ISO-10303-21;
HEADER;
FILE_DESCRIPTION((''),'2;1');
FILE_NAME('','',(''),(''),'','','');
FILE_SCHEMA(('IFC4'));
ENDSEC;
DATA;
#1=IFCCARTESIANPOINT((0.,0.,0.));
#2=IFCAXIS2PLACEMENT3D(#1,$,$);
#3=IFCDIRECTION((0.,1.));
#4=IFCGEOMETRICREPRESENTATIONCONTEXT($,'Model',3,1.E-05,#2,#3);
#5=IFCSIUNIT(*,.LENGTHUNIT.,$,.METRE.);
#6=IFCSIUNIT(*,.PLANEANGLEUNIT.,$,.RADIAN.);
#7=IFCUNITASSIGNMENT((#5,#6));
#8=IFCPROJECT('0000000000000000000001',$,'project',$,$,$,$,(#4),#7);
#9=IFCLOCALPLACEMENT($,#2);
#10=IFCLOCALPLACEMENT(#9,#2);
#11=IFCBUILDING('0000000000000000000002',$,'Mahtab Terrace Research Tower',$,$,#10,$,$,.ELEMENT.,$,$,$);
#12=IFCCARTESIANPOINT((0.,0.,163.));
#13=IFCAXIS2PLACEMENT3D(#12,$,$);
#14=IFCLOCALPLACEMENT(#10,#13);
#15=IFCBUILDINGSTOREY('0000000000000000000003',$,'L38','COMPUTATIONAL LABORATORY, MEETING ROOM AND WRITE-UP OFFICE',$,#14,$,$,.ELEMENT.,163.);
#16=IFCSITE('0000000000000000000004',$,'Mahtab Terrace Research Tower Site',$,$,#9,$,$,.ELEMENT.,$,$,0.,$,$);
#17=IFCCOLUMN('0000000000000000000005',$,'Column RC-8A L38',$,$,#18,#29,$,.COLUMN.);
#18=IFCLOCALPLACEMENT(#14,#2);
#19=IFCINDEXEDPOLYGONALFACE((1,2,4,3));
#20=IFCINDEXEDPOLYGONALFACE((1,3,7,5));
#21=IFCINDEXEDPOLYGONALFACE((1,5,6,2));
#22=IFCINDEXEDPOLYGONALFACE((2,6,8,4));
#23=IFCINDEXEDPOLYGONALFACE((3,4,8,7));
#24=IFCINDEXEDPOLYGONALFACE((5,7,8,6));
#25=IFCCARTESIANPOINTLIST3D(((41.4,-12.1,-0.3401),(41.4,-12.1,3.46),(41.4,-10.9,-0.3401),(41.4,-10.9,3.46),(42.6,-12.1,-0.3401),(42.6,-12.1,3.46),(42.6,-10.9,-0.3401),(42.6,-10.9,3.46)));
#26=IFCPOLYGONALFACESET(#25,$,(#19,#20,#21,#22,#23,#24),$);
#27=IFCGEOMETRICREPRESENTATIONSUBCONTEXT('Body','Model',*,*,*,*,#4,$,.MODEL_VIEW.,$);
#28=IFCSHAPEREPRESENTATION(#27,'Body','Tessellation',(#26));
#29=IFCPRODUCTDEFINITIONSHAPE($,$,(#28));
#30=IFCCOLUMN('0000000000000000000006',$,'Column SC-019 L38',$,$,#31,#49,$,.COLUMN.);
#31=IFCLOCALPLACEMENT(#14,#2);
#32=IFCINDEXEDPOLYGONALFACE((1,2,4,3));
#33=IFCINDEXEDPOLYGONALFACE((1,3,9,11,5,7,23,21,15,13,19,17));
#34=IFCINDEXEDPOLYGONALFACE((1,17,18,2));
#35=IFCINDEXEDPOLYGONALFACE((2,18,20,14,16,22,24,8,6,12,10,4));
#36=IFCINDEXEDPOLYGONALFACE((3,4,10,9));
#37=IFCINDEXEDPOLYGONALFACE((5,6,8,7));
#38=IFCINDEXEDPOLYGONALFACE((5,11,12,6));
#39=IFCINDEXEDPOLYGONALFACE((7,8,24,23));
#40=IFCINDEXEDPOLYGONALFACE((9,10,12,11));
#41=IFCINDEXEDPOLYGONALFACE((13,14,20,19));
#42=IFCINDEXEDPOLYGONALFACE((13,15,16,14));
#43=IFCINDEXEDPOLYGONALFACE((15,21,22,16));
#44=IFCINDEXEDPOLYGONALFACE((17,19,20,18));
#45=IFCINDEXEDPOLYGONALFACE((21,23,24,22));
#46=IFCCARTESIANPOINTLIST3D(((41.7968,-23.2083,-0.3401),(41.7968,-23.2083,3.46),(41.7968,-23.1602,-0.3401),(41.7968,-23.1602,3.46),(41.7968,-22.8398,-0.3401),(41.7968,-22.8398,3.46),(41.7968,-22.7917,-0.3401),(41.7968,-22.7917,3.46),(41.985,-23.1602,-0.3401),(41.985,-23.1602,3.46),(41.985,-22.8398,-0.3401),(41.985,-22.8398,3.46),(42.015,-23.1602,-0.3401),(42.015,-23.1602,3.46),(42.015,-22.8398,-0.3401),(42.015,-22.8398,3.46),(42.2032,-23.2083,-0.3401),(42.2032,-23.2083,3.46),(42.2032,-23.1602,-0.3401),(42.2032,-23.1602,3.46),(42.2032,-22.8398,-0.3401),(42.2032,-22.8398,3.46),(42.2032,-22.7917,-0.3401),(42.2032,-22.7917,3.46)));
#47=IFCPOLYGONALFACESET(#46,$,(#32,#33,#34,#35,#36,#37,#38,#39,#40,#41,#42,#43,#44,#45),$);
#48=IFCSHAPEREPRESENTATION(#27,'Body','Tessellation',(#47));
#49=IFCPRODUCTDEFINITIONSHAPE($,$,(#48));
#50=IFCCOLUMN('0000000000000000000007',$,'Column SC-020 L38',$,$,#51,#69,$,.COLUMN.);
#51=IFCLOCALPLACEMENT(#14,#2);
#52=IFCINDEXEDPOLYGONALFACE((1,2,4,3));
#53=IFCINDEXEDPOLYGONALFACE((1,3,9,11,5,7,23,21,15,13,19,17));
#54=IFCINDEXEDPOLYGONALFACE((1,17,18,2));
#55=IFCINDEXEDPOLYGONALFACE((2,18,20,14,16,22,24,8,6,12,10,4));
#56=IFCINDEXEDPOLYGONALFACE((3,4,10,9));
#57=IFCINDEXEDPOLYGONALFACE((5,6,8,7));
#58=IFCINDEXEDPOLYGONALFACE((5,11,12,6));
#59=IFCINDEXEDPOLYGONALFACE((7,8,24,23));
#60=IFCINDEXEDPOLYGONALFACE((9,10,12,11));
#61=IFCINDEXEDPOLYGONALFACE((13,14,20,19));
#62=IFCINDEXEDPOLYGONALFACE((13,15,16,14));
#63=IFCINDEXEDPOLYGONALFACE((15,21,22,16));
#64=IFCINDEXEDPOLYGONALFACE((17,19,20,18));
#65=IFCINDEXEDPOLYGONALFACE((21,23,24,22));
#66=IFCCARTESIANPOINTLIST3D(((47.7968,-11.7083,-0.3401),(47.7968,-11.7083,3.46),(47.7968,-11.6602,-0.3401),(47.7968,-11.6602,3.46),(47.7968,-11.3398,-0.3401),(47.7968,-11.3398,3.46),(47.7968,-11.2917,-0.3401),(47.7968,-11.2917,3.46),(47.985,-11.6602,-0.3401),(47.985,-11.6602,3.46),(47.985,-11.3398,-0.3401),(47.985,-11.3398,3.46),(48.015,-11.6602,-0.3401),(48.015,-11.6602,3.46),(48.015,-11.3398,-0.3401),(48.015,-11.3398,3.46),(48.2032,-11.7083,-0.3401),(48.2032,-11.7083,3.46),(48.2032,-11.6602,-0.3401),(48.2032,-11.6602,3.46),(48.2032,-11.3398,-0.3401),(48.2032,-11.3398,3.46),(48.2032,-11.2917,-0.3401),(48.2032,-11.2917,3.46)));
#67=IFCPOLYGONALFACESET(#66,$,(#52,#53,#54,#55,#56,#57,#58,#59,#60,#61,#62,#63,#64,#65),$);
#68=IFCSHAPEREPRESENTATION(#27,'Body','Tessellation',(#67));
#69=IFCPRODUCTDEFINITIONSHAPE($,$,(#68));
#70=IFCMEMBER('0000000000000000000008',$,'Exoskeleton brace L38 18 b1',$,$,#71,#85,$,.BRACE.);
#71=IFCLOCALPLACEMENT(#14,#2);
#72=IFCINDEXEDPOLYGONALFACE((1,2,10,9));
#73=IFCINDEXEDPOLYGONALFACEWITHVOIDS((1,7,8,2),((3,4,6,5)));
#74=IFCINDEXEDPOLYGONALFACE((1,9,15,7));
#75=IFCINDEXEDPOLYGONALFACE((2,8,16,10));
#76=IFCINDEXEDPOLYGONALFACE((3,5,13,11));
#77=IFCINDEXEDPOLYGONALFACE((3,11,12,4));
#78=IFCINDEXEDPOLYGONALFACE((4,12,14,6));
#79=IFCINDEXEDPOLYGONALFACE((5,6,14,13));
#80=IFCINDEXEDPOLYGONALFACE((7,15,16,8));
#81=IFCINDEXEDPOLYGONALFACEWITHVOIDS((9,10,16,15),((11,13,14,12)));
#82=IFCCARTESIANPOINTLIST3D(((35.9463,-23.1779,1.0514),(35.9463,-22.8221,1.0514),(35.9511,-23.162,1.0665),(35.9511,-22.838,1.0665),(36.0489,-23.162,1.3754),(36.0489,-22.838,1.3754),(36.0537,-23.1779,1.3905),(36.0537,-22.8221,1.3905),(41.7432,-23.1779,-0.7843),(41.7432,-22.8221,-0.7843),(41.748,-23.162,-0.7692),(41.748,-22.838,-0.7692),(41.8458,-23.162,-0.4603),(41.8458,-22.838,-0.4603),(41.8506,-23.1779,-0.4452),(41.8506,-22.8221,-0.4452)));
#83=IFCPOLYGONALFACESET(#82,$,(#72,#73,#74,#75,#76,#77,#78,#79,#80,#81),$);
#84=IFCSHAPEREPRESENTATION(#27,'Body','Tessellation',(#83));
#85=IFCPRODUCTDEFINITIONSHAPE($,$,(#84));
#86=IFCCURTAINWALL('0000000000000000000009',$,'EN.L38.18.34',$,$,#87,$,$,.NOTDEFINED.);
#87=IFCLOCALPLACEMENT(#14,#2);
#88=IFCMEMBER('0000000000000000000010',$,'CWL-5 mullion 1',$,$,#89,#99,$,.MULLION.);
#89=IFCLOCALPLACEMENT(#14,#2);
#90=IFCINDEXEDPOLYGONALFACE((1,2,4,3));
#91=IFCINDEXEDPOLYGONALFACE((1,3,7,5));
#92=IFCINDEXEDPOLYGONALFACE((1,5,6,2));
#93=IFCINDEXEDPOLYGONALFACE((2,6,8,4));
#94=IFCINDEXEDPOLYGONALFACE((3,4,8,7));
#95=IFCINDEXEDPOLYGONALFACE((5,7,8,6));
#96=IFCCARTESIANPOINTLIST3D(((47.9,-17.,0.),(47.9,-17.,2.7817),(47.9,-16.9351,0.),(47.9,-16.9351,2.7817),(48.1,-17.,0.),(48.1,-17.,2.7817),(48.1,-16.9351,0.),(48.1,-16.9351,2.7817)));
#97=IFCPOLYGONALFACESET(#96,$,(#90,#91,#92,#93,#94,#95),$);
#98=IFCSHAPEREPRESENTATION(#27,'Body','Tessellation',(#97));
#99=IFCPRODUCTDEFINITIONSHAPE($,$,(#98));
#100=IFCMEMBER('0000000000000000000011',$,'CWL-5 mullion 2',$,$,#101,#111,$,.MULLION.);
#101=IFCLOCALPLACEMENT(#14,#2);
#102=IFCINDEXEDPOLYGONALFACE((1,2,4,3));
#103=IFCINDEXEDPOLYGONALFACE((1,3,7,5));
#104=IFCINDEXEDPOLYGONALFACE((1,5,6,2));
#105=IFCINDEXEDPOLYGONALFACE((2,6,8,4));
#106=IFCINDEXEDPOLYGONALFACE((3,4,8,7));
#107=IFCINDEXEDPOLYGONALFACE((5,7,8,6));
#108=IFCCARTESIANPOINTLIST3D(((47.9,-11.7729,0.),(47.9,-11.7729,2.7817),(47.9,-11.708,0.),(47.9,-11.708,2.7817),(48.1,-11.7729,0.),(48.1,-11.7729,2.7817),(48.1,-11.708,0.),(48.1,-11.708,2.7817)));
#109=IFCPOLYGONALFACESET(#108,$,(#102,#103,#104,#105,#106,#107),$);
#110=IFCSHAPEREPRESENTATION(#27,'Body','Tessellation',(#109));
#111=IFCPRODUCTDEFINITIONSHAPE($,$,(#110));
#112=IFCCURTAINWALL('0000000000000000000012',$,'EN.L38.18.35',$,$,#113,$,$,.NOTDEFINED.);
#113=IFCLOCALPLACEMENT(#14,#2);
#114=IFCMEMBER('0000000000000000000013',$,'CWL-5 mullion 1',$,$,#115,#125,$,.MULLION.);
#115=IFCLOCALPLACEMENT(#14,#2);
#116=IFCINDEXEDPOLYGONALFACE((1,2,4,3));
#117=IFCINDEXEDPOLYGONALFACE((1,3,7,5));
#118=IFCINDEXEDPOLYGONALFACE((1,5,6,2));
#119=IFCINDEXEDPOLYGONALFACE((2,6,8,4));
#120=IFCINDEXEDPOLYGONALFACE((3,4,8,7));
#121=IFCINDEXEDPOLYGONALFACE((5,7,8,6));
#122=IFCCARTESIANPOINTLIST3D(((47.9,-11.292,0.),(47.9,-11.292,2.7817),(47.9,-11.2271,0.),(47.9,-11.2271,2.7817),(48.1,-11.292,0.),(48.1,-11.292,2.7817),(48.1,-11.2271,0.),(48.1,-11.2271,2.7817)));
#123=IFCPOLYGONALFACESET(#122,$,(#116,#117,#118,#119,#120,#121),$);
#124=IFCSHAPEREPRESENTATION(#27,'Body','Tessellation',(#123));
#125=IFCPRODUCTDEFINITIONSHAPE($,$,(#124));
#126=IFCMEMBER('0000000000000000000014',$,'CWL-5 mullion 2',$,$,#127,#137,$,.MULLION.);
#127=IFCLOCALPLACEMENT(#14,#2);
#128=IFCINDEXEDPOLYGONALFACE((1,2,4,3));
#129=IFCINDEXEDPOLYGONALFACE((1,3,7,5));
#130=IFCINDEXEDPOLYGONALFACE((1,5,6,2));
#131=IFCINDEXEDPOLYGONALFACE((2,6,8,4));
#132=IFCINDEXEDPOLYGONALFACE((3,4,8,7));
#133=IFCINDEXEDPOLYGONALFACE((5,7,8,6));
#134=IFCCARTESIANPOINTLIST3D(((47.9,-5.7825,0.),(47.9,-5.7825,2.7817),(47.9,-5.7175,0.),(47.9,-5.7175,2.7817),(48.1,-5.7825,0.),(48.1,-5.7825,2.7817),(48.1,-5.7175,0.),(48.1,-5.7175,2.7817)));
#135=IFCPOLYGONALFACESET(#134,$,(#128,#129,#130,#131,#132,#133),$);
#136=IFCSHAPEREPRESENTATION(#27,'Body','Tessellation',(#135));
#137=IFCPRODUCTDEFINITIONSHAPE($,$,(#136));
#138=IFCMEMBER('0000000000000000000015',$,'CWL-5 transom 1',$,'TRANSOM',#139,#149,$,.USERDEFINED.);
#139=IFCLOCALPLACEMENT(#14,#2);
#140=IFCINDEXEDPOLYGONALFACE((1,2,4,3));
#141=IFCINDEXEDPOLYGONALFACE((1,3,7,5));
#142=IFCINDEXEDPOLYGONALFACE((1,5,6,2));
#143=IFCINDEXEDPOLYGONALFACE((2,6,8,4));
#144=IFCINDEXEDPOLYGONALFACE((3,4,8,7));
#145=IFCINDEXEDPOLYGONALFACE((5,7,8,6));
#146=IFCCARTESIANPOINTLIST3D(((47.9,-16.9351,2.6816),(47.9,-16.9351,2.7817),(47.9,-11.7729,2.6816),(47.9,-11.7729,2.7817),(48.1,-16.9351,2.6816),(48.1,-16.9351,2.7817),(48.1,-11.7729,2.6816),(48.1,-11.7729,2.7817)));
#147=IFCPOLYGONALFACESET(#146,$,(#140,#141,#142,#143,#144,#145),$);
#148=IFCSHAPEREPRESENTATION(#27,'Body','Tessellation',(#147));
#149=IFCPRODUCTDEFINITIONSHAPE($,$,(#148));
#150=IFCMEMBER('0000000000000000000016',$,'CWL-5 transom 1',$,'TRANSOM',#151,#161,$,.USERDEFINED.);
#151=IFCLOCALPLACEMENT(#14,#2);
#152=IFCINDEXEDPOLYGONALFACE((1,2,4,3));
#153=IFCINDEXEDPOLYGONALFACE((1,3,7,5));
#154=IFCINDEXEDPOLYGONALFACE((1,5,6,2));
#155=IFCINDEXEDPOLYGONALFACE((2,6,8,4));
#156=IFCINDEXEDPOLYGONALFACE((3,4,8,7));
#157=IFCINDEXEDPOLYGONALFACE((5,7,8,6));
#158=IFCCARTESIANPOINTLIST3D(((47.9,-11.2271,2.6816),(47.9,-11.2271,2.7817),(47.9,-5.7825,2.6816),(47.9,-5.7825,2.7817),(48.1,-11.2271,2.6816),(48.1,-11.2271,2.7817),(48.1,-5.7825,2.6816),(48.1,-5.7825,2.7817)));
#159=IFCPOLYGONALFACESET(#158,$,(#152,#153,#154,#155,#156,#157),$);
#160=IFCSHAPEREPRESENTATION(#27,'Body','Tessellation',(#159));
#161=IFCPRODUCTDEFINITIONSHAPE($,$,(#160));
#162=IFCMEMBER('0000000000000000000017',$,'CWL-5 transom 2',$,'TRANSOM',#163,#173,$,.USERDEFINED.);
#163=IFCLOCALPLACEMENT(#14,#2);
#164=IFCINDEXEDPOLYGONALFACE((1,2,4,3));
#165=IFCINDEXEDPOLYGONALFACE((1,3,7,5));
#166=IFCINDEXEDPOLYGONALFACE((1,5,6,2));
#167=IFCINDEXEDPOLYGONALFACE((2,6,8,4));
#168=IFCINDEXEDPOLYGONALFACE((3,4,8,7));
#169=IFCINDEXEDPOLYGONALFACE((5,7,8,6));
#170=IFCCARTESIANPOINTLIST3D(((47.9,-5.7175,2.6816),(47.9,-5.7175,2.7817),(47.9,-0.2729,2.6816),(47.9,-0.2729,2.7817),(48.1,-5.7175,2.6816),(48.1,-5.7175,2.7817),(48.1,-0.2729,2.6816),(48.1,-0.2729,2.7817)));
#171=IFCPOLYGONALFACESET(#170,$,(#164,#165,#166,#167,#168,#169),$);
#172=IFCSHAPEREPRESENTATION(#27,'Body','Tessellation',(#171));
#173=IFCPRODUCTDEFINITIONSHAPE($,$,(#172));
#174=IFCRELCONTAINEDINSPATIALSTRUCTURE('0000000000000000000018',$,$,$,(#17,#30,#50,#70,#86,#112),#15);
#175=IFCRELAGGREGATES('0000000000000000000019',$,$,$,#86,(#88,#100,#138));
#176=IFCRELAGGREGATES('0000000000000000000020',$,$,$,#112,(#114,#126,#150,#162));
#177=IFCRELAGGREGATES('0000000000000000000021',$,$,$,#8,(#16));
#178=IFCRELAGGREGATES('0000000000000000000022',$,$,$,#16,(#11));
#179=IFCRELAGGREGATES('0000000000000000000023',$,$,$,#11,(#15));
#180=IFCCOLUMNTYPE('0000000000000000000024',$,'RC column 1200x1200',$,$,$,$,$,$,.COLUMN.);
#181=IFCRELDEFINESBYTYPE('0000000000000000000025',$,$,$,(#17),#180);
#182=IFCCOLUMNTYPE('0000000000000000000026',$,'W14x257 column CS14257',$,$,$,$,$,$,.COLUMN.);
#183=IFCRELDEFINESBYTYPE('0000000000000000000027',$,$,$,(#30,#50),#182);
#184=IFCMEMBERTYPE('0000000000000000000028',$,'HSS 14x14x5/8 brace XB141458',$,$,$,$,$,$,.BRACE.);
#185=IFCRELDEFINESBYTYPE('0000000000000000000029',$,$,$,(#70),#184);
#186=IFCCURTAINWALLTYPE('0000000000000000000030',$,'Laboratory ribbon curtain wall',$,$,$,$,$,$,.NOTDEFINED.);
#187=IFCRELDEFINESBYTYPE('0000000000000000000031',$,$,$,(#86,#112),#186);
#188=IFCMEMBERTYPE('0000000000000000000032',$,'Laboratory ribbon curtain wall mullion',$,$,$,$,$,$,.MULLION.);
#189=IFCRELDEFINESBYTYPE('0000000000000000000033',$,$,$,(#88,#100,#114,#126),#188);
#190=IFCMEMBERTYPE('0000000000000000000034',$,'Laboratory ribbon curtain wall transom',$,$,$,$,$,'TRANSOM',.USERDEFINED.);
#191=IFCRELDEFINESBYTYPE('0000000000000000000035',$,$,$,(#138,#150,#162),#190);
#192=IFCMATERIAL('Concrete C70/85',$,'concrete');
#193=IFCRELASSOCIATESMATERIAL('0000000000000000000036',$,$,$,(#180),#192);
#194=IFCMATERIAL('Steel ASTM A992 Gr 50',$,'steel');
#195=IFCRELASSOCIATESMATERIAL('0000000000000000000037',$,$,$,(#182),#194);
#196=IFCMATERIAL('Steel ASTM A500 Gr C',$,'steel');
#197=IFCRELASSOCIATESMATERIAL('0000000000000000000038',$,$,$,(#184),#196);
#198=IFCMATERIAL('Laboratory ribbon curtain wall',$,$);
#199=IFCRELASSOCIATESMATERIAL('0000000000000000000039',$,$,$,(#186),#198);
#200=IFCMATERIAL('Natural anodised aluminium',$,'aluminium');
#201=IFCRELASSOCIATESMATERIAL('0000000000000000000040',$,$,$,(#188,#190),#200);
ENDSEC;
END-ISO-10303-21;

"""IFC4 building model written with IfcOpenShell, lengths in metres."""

from ifc_helpers import new_model, si_unit, direction, frame, origin, origin_2d, place, context, subcontext, project, spatial, rectangle, hollow_rectangle, i_section, extrude, material, material_profile, profile_set, type_object, element, aggregate, save


model = new_model("IFC4")

# Units and contexts
model_context = context("Model", 3, precision=1e-05, world=origin(), true_north=direction((0.0, 1.0)))
body_context = subcontext(model_context, "Body", "Model", "MODEL_VIEW")
ifc_project = project(units=[si_unit("LENGTHUNIT", "METRE"), si_unit("PLANEANGLEUNIT", "RADIAN")], contexts=[model_context])

# Site, building, storey
site_placement = place(None, origin())
site = spatial("IfcSite", under=ifc_project, at=site_placement, Name="Mahtab Terrace Research Tower Site", CompositionType="ELEMENT", RefElevation=0.0)
building_placement = place(site_placement, origin())
building = spatial("IfcBuilding", under=site, at=building_placement, Name="Mahtab Terrace Research Tower", CompositionType="ELEMENT")
storey_placement = place(building_placement, frame((0.0, 0.0, 163.0)))
storey = spatial("IfcBuildingStorey", under=building, at=storey_placement, Name="L38", Description="COMPUTATIONAL LABORATORY, MEETING ROOM AND WRITE-UP OFFICE", CompositionType="ELEMENT", Elevation=163.0)

# Columns
ifc_material_1 = material(Name="Concrete C70/85", Category="concrete")
ifc_material_profile_1 = material_profile(ifc_material_1, rectangle(XDim=1.2, YDim=1.2, at=origin_2d()), Name="RC column 1200x1200")
ifc_profile_set_1 = profile_set([ifc_material_profile_1], Name="Concrete C70/85")
column_type_1 = type_object("IfcColumnType", Name="RC column 1200x1200", PredefinedType="COLUMN", material=ifc_profile_set_1)
column_placement = place(storey_placement, frame((42.0, -11.5, -0.3401), z_axis=(0.0, 0.0, 1.0), x_axis=(1.0, 0.0, 0.0)))
element("IfcColumn", 1, at=column_placement, inside=storey, type_object=column_type_1, Name="Column RC-8A L38", PredefinedType="COLUMN", context=body_context, shape_type="SweptSolid", body=[
    extrude(rectangle(XDim=1.2, YDim=1.2, at=origin_2d()), origin(), (0.0, 0.0, 1.0), 3.8),
])
ifc_material_2 = material(Name="Steel ASTM A992 Gr 50", Category="steel")
ifc_material_profile_2 = material_profile(ifc_material_2, i_section(OverallWidth=0.4065, OverallDepth=0.4165, WebThickness=0.03, FlangeThickness=0.0481, at=origin_2d()), Name="W14X257")
ifc_profile_set_2 = profile_set([ifc_material_profile_2], Name="Steel ASTM A992 Gr 50")
column_type_2 = type_object("IfcColumnType", Name="W14x257 column CS14257", PredefinedType="COLUMN", material=ifc_profile_set_2)
for number, where, z_axis, x_axis, name in (
    (2, (42.0, -23.0, -0.3401), (0.0, 0.0, 1.0), (1.0, 0.0, 0.0), "Column SC-019 L38"),
    (3, (48.0, -11.5, -0.3401), (0.0, 0.0, 1.0), (1.0, 0.0, 0.0), "Column SC-020 L38"),
):
    element("IfcColumn", number, at=place(storey_placement, frame(where, z_axis=z_axis, x_axis=x_axis)), inside=storey, type_object=column_type_2, Name=name, PredefinedType="COLUMN", context=body_context, shape_type="SweptSolid", body=[
        extrude(i_section(OverallWidth=0.4065, OverallDepth=0.4165, WebThickness=0.03, FlangeThickness=0.0481, at=origin_2d()), origin(), (0.0, 0.0, 1.0), 3.8),
    ])

# Member
ifc_material_3 = material(Name="Steel ASTM A500 Gr C", Category="steel")
ifc_material_profile_3 = material_profile(ifc_material_3, hollow_rectangle(XDim=0.3557, YDim=0.3557, WallThickness=0.0159, at=origin_2d()), Name="HSS14X14X5/8")
ifc_profile_set_3 = profile_set([ifc_material_profile_3], Name="Steel ASTM A500 Gr C")
member_type_1 = type_object("IfcMemberType", Name="HSS 14x14x5/8 brace XB141458", PredefinedType="BRACE", material=ifc_profile_set_3)
member_1_placement = place(storey_placement, frame((41.7969, -23.0, -0.6147), z_axis=(-0.953341, 0.0, 0.301894), x_axis=(0.0, -1.0, 0.0)))
element("IfcMember", 4, at=member_1_placement, inside=storey, type_object=member_type_1, Name="Exoskeleton brace L38 18 b1", PredefinedType="BRACE", context=body_context, shape_type="SweptSolid", body=[
    extrude(hollow_rectangle(XDim=0.3557, YDim=0.3557, WallThickness=0.0159, at=origin_2d()), origin(), (0.0, 0.0, 1.0), 6.0806),
])

# Curtain walls, members
ifc_material_4 = material(Name="Laboratory ribbon curtain wall")
curtain_wall_type = type_object("IfcCurtainWallType", Name="Laboratory ribbon curtain wall", PredefinedType="NOTDEFINED", material=ifc_material_4)
curtain_wall_1_placement = place(storey_placement, origin())
curtain_wall_1 = element("IfcCurtainWall", 5, at=curtain_wall_1_placement, inside=storey, type_object=curtain_wall_type, Name="EN.L38.18.34", PredefinedType="NOTDEFINED")
ifc_material_5 = material(Name="Natural anodised aluminium", Category="aluminium")
ifc_material_profile_4 = material_profile(ifc_material_5, rectangle(XDim=0.2, YDim=0.0649, at=origin_2d()), Name="MULLION 65x200")
ifc_profile_set_4 = profile_set([ifc_material_profile_4], Name="Natural anodised aluminium")
member_type_2 = type_object("IfcMemberType", Name="Laboratory ribbon curtain wall mullion", PredefinedType="MULLION", material=ifc_profile_set_4)
member_2_placement = place(storey_placement, frame((48.0, -16.9675, 0.0), z_axis=(0.0, 0.0, 1.0), x_axis=(-1.0, 0.0, 0.0)))
member_2 = element("IfcMember", 6, at=member_2_placement, type_object=member_type_2, Name="CWL-5 mullion 1", PredefinedType="MULLION", context=body_context, shape_type="SweptSolid", body=[
    extrude(rectangle(XDim=0.2, YDim=0.0649, at=origin_2d()), origin(), (0.0, 0.0, 1.0), 2.7817),
])
member_3_placement = place(storey_placement, frame((48.0, -11.7405, 0.0), z_axis=(0.0, 0.0, 1.0), x_axis=(-1.0, 0.0, 0.0)))
member_3 = element("IfcMember", 7, at=member_3_placement, type_object=member_type_2, Name="CWL-5 mullion 2", PredefinedType="MULLION", context=body_context, shape_type="SweptSolid", body=[
    extrude(rectangle(XDim=0.2, YDim=0.0649, at=origin_2d()), origin(), (0.0, 0.0, 1.0), 2.7817),
])
curtain_wall_2_placement = place(storey_placement, origin())
curtain_wall_2 = element("IfcCurtainWall", 8, at=curtain_wall_2_placement, inside=storey, type_object=curtain_wall_type, Name="EN.L38.18.35", PredefinedType="NOTDEFINED")
member_4_placement = place(storey_placement, frame((48.0, -11.2595, 0.0), z_axis=(0.0, 0.0, 1.0), x_axis=(-1.0, 0.0, 0.0)))
member_4 = element("IfcMember", 9, at=member_4_placement, type_object=member_type_2, Name="CWL-5 mullion 1", PredefinedType="MULLION", context=body_context, shape_type="SweptSolid", body=[
    extrude(rectangle(XDim=0.2, YDim=0.0649, at=origin_2d()), origin(), (0.0, 0.0, 1.0), 2.7817),
])
member_5_placement = place(storey_placement, frame((48.0, -5.75, 0.0), z_axis=(0.0, 0.0, 1.0), x_axis=(-1.0, 0.0, 0.0)))
member_5 = element("IfcMember", 10, at=member_5_placement, type_object=member_type_2, Name="CWL-5 mullion 2", PredefinedType="MULLION", context=body_context, shape_type="SweptSolid", body=[
    extrude(rectangle(XDim=0.2, YDim=0.0649, at=origin_2d()), origin(), (0.0, 0.0, 1.0), 2.7817),
])

# Members
ifc_material_profile_5 = material_profile(ifc_material_5, rectangle(XDim=0.2, YDim=0.1001, at=origin_2d()), Name="TRANSOM 100x200")
ifc_profile_set_5 = profile_set([ifc_material_profile_5], Name="Natural anodised aluminium")
member_type_3 = type_object("IfcMemberType", Name="Laboratory ribbon curtain wall transom", ElementType="TRANSOM", PredefinedType="USERDEFINED", material=ifc_profile_set_5)
member_6_placement = place(storey_placement, frame((48.0, -16.9351, 2.7317), z_axis=(0.0, 1.0, 0.0), x_axis=(-1.0, 0.0, 0.0)))
member_6 = element("IfcMember", 11, at=member_6_placement, type_object=member_type_3, Name="CWL-5 transom 1", ObjectType="TRANSOM", PredefinedType="USERDEFINED", context=body_context, shape_type="SweptSolid", body=[
    extrude(rectangle(XDim=0.2, YDim=0.1001, at=origin_2d()), origin(), (0.0, 0.0, 1.0), 5.1621),
])
member_7_placement = place(storey_placement, frame((48.0, -11.2271, 2.7317), z_axis=(0.0, 1.0, 0.0), x_axis=(-1.0, 0.0, 0.0)))
member_7 = element("IfcMember", 12, at=member_7_placement, type_object=member_type_3, Name="CWL-5 transom 1", ObjectType="TRANSOM", PredefinedType="USERDEFINED", context=body_context, shape_type="SweptSolid", body=[
    extrude(rectangle(XDim=0.2, YDim=0.1001, at=origin_2d()), origin(), (0.0, 0.0, 1.0), 5.4446),
])
member_8_placement = place(storey_placement, frame((48.0, -5.7175, 2.7317), z_axis=(0.0, 1.0, 0.0), x_axis=(-1.0, 0.0, 0.0)))
member_8 = element("IfcMember", 13, at=member_8_placement, type_object=member_type_3, Name="CWL-5 transom 2", ObjectType="TRANSOM", PredefinedType="USERDEFINED", context=body_context, shape_type="SweptSolid", body=[
    extrude(rectangle(XDim=0.2, YDim=0.1001, at=origin_2d()), origin(), (0.0, 0.0, 1.0), 5.4446),
])

aggregate(curtain_wall_1, [member_2, member_3, member_6])
aggregate(curtain_wall_2, [member_4, member_5, member_7, member_8])

save(model, "model.ifc")
